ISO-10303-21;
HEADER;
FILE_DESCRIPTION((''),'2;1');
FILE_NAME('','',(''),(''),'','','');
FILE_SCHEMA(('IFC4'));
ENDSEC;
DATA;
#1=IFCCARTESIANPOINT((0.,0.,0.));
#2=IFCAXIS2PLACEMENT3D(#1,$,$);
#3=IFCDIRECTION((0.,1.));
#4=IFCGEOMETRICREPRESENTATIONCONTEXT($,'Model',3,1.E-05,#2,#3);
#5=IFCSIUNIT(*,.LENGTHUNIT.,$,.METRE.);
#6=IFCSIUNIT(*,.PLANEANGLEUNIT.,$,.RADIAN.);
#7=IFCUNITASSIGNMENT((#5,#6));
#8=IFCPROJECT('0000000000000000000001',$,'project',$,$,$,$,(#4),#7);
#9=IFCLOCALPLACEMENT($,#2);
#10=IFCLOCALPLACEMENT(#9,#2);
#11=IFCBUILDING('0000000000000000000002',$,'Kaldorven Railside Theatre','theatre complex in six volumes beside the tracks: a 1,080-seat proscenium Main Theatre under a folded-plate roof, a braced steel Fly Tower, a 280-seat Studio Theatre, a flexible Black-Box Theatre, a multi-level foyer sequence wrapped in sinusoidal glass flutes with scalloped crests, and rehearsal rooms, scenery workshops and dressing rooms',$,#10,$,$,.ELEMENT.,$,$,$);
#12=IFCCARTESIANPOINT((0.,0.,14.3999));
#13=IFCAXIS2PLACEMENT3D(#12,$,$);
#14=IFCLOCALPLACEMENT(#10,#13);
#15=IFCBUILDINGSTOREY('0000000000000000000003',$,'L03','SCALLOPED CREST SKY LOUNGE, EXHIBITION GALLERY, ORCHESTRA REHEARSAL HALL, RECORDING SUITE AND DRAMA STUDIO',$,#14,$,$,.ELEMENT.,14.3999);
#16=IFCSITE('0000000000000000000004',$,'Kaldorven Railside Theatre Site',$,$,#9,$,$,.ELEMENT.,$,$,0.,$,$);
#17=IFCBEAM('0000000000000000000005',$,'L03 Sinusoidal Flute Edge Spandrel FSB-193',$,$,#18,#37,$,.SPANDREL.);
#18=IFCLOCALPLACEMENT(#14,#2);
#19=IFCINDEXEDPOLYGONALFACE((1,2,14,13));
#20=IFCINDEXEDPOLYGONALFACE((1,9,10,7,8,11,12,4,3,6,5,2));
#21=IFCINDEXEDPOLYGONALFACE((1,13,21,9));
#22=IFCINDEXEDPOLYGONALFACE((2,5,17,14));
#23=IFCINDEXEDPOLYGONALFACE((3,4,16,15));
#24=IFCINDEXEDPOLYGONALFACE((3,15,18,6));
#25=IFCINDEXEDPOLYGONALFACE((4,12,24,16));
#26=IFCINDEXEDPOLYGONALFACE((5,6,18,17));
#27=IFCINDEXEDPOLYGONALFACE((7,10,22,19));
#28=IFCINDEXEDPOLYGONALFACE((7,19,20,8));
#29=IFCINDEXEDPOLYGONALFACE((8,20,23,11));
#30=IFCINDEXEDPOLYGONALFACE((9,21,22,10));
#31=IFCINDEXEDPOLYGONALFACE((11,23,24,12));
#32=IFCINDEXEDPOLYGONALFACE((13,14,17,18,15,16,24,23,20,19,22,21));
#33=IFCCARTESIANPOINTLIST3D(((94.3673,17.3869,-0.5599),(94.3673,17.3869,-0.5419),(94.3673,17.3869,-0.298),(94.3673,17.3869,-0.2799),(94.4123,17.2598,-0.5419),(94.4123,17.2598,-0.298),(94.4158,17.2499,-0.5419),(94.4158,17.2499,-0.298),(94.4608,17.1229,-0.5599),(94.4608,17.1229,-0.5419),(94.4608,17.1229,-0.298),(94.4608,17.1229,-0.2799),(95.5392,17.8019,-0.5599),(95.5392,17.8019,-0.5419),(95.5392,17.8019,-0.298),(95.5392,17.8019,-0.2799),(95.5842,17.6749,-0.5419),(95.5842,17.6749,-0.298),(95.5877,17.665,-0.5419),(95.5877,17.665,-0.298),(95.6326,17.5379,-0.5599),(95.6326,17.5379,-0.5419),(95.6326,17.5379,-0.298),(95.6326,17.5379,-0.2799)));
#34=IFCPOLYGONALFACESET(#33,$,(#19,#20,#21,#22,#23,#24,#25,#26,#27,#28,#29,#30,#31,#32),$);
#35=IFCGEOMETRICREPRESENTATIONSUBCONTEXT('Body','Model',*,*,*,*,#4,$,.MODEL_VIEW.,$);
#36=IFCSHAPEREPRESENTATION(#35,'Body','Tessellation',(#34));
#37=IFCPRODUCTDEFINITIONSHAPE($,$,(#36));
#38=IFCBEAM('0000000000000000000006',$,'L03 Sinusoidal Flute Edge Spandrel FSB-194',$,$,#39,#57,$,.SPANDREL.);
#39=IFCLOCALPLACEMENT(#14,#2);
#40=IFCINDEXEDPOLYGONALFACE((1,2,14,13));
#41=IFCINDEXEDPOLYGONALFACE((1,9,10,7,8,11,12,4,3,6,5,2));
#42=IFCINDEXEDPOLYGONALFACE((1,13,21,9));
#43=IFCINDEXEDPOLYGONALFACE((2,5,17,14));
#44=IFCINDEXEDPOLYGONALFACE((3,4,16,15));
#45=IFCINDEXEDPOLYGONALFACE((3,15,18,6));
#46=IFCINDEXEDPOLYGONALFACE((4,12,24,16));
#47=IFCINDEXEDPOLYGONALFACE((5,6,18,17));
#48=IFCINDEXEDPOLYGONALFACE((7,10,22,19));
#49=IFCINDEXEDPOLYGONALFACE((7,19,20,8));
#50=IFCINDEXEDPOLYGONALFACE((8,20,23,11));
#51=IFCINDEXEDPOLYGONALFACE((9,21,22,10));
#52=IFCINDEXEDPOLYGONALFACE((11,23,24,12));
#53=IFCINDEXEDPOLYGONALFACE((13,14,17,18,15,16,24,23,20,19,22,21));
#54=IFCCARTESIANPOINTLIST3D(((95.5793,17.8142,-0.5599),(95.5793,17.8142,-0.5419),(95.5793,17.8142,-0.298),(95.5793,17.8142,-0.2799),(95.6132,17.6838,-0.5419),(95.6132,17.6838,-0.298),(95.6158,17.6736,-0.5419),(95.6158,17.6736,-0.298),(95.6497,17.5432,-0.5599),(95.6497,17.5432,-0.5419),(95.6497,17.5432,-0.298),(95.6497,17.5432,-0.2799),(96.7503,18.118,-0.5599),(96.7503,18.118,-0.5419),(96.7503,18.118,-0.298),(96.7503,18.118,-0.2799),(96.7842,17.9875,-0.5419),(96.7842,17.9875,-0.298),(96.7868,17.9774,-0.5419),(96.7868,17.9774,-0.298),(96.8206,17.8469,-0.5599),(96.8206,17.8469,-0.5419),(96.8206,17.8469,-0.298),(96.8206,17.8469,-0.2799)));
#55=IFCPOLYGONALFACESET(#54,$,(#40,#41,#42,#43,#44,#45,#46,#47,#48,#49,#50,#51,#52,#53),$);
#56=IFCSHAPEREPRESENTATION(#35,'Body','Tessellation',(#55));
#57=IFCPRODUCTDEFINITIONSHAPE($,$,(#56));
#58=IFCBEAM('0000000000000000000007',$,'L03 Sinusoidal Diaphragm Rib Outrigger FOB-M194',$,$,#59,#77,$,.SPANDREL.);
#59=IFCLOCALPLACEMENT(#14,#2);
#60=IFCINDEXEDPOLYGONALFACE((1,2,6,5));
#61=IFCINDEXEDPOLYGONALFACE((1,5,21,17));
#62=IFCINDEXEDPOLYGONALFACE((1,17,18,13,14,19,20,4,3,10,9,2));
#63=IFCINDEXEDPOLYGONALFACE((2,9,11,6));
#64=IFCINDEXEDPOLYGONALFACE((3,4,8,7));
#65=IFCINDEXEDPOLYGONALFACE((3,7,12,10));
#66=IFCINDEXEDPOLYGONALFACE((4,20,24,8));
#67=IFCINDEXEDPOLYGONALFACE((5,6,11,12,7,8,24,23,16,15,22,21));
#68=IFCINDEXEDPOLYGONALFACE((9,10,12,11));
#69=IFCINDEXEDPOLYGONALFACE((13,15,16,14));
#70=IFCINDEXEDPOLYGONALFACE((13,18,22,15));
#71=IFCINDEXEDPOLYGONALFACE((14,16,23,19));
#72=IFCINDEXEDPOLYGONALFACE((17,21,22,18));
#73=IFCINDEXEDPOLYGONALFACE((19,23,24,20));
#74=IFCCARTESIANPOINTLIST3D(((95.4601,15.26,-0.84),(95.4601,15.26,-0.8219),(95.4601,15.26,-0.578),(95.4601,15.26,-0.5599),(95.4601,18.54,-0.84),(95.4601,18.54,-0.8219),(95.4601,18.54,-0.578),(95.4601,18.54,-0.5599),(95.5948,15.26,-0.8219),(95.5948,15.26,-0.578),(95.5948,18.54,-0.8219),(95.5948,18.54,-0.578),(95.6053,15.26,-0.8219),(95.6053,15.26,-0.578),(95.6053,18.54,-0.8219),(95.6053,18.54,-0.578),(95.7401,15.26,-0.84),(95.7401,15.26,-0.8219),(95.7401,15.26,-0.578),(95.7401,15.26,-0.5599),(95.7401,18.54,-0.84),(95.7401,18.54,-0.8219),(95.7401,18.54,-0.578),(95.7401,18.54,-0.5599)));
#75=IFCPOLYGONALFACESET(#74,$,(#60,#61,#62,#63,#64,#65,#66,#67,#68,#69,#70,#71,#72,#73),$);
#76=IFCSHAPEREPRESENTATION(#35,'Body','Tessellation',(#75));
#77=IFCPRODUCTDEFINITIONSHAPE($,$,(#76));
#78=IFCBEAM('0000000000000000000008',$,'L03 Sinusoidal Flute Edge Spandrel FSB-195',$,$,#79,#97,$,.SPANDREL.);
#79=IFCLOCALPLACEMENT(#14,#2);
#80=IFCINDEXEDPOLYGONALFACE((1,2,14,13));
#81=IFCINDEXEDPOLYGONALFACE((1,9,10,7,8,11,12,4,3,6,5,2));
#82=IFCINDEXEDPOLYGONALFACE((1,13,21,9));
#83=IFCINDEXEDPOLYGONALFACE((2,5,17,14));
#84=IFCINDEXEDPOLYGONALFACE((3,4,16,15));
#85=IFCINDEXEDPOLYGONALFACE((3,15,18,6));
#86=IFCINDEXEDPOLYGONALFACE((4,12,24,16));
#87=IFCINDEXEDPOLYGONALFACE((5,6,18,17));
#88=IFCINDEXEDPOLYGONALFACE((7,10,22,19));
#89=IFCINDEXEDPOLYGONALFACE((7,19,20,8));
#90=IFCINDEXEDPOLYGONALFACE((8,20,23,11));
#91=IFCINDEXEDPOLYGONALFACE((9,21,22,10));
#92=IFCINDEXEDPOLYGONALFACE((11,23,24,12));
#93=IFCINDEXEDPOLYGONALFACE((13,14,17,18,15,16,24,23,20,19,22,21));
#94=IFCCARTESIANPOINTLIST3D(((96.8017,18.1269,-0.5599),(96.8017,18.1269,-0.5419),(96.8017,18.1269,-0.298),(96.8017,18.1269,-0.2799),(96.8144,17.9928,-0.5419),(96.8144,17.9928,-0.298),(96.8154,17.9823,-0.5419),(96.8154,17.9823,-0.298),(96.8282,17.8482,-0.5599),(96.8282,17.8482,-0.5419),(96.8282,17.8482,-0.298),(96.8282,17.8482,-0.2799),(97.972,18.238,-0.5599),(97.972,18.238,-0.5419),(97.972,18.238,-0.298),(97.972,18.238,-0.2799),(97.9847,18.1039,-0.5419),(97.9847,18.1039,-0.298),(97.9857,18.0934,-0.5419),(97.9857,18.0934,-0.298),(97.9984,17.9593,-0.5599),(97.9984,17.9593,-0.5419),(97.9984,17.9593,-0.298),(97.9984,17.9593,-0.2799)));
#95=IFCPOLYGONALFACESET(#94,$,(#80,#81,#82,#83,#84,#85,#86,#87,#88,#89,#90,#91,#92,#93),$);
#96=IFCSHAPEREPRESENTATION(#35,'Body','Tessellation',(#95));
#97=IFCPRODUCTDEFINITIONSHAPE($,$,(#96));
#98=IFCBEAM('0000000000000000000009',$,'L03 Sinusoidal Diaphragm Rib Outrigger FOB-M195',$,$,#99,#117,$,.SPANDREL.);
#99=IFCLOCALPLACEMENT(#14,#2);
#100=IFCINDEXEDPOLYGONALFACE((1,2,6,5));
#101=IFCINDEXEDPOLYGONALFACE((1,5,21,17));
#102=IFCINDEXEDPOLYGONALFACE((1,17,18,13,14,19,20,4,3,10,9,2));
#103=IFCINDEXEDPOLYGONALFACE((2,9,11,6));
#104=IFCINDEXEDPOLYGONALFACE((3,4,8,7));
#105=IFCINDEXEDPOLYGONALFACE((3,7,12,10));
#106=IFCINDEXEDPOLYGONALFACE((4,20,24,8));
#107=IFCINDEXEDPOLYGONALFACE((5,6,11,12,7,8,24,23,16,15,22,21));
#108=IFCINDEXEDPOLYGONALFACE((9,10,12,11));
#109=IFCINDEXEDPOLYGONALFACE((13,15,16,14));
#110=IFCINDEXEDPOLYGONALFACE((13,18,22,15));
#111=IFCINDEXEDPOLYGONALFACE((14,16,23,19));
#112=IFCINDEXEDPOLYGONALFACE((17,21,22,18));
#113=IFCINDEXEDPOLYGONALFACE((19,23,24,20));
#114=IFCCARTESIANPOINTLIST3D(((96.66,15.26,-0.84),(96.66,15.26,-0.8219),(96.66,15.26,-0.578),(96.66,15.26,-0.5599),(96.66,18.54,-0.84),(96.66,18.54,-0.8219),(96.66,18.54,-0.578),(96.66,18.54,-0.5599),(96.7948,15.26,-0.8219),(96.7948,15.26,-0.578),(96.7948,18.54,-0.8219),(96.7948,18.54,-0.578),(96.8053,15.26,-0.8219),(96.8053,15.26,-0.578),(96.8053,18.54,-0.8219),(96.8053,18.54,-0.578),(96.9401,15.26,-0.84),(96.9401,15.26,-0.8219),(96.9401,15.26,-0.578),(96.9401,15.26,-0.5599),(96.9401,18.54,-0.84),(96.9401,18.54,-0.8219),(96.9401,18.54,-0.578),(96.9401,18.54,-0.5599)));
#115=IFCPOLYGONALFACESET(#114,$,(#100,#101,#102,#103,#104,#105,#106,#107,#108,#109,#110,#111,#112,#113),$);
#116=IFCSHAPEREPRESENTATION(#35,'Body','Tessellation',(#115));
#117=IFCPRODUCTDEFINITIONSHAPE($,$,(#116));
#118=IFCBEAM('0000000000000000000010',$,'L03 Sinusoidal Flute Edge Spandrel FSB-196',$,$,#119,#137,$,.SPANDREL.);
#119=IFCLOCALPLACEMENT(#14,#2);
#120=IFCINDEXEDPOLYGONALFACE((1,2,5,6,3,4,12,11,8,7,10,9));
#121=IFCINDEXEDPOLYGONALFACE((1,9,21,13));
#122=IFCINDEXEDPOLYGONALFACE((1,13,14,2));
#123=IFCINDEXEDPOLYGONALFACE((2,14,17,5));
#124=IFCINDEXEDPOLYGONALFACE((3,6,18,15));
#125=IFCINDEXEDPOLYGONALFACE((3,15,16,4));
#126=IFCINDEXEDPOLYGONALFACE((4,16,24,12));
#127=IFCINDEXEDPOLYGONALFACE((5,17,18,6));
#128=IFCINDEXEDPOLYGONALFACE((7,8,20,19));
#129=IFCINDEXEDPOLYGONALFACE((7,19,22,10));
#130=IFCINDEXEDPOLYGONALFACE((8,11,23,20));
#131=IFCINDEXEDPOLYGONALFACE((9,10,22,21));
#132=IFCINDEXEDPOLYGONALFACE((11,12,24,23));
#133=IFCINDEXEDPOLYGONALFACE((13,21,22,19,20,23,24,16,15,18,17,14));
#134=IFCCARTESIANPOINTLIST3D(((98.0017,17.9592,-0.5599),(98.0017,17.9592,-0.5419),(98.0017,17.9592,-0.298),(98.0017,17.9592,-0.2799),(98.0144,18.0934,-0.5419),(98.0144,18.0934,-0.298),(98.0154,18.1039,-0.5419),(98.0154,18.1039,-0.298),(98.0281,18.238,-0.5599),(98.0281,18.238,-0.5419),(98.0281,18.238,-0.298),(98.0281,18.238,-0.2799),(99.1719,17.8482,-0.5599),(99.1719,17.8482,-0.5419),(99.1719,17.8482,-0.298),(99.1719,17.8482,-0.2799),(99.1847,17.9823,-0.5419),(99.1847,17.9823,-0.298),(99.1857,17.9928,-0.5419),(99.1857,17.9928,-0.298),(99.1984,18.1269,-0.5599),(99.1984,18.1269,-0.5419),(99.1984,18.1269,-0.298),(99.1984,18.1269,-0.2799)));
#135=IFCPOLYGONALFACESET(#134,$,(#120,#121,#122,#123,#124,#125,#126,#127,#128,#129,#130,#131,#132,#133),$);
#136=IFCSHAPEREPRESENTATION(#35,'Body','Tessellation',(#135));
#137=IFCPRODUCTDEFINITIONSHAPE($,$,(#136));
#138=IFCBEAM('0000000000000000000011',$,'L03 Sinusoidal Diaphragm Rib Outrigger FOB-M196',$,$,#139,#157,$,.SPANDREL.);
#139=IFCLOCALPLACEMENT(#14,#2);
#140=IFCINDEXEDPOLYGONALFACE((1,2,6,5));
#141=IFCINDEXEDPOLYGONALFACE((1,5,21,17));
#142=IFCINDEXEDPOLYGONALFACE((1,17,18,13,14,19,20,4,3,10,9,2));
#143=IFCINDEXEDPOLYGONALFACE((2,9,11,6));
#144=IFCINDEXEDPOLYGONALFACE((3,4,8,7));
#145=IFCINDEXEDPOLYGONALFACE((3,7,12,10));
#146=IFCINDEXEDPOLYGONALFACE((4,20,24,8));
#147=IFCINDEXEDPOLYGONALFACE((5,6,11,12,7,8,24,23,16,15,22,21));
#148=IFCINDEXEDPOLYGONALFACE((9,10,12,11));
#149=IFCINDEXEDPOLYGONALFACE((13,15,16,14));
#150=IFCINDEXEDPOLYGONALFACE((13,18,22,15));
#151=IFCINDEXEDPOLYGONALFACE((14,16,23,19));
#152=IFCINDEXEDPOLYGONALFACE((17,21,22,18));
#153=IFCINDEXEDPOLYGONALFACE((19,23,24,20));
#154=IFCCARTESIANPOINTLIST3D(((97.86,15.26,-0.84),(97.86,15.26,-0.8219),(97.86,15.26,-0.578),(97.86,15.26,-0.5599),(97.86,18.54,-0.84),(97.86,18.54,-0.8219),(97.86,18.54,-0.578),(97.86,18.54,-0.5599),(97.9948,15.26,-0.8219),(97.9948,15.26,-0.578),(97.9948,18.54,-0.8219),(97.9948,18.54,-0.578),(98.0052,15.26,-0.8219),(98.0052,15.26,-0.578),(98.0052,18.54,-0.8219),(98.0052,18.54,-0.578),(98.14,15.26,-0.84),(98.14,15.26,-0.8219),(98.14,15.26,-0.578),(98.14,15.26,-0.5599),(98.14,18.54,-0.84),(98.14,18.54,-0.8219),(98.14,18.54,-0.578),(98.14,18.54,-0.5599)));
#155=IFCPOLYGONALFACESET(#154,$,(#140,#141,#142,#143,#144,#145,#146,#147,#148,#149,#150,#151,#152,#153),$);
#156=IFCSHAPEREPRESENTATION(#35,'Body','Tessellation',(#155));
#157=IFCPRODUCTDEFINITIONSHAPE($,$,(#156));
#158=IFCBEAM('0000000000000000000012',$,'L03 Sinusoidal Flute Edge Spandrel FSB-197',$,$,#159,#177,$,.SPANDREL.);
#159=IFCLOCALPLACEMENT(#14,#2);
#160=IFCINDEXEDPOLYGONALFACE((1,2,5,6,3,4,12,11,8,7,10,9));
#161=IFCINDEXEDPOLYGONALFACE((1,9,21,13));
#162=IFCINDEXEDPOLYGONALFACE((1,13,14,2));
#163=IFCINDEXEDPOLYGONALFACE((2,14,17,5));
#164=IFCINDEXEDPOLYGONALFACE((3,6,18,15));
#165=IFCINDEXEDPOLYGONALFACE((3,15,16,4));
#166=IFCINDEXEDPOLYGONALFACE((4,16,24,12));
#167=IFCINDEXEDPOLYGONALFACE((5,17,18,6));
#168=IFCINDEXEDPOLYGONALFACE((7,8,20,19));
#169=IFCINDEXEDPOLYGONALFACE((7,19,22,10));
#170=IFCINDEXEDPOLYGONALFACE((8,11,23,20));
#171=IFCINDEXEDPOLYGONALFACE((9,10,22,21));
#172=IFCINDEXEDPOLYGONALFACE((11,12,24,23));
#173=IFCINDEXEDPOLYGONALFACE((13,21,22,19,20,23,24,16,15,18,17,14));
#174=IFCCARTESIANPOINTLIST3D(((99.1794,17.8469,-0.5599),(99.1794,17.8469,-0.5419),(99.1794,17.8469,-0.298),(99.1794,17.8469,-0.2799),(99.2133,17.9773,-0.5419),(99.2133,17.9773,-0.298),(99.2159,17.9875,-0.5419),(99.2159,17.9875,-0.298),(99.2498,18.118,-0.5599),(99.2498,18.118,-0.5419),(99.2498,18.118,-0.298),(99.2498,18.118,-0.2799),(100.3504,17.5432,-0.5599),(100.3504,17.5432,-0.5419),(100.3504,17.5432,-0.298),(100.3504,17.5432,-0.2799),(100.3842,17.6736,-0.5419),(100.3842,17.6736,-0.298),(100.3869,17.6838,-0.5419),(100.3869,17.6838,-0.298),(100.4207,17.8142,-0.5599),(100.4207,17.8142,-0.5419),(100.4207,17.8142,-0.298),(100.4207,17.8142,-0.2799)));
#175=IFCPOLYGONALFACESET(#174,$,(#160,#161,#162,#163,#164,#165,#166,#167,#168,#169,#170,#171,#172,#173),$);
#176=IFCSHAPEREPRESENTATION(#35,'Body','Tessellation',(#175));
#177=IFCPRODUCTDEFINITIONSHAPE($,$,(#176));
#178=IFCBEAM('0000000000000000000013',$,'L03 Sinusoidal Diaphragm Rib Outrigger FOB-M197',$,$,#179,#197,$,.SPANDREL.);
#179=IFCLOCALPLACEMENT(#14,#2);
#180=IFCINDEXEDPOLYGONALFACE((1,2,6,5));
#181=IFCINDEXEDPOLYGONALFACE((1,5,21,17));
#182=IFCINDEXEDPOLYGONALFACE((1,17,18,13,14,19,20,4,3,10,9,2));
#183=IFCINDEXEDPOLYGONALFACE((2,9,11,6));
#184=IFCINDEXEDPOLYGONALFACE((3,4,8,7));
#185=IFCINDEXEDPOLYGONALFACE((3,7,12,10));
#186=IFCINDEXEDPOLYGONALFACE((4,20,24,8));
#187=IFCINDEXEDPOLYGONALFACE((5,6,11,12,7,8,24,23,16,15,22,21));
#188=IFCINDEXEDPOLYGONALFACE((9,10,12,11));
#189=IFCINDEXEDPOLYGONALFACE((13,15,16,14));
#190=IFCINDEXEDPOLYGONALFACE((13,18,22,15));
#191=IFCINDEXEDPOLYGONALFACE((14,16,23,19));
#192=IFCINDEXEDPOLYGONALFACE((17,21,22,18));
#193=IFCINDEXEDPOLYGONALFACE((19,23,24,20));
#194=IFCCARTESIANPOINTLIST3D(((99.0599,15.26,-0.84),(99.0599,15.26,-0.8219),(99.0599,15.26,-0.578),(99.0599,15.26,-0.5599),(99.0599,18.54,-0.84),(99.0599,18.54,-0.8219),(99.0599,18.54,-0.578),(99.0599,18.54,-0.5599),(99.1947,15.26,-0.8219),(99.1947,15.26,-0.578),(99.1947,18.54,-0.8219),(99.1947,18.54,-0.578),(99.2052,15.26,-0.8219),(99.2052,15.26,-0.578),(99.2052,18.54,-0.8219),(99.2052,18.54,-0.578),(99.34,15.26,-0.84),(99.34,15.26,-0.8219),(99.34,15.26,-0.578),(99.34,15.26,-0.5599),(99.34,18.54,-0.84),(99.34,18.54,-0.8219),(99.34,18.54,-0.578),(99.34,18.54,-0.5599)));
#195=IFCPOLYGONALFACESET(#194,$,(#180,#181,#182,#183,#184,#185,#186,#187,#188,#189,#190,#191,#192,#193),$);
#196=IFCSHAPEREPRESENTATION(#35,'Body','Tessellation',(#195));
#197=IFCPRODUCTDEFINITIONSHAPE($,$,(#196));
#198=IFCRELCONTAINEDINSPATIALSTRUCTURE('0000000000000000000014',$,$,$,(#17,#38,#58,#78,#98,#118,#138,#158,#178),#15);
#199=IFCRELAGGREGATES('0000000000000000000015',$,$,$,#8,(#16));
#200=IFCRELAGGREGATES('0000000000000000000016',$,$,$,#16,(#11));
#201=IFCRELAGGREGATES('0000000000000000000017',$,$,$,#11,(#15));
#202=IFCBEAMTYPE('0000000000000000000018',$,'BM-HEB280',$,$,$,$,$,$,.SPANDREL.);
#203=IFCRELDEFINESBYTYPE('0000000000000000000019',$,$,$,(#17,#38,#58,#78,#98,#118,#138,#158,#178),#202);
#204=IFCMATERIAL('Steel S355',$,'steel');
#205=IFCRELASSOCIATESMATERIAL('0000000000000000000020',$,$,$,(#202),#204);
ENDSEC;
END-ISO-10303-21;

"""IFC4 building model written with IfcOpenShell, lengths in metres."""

from ifc_helpers import new_model, si_unit, direction, frame, origin, origin_2d, place, context, subcontext, project, spatial, i_section, extrude, material, material_profile, profile_set, type_object, element, save


model = new_model("IFC4")

# Units and contexts
model_context = context("Model", 3, precision=1e-05, world=origin(), true_north=direction((0.0, 1.0)))
body_context = subcontext(model_context, "Body", "Model", "MODEL_VIEW")
ifc_project = project(units=[si_unit("LENGTHUNIT", "METRE"), si_unit("PLANEANGLEUNIT", "RADIAN")], contexts=[model_context])

# Site, building, storey
site_placement = place(None, origin())
site = spatial("IfcSite", under=ifc_project, at=site_placement, Name="Kaldorven Railside Theatre Site", CompositionType="ELEMENT", RefElevation=0.0)
building_placement = place(site_placement, origin())
building = spatial("IfcBuilding", under=site, at=building_placement, Name="Kaldorven Railside Theatre", Description="theatre complex in six volumes beside the tracks: a 1,080-seat proscenium Main Theatre under a folded-plate roof, a braced steel Fly Tower, a 280-seat Studio Theatre, a flexible Black-Box Theatre, a multi-level foyer sequence wrapped in sinusoidal glass flutes with scalloped crests, and rehearsal rooms, scenery workshops and dressing rooms", CompositionType="ELEMENT")
storey_placement = place(building_placement, frame((0.0, 0.0, 14.3999)))
storey = spatial("IfcBuildingStorey", under=building, at=storey_placement, Name="L03", Description="SCALLOPED CREST SKY LOUNGE, EXHIBITION GALLERY, ORCHESTRA REHEARSAL HALL, RECORDING SUITE AND DRAMA STUDIO", CompositionType="ELEMENT", Elevation=14.3999)

# Beams
ifc_material_1 = material(Name="Steel S355", Category="steel")
ifc_material_profile_1 = material_profile(ifc_material_1, i_section(OverallWidth=0.28, OverallDepth=0.28, WebThickness=0.0105, FlangeThickness=0.0181, at=origin_2d()), Name="HEB 280")
ifc_profile_set_1 = profile_set([ifc_material_profile_1], Name="Steel S355")
beam_type_1 = type_object("IfcBeamType", Name="BM-HEB280", PredefinedType="SPANDREL", material=ifc_profile_set_1)
beam_1_placement = place(storey_placement, frame((94.4141, 17.2549, -0.4199), z_axis=(0.942627, 0.333847, 0.0), x_axis=(-0.333847, 0.942627, 0.0)))
element("IfcBeam", 1, at=beam_1_placement, inside=storey, type_object=beam_type_1, Name="L03 Sinusoidal Flute Edge Spandrel FSB-193", PredefinedType="SPANDREL", context=body_context, shape_type="SweptSolid", body=[
    extrude(i_section(OverallWidth=0.28, OverallDepth=0.28, WebThickness=0.0105, FlangeThickness=0.0181, at=origin_2d()), origin(), (0.0, 0.0, 1.0), 1.2432),
])
beam_2_placement = place(storey_placement, frame((95.6145, 17.6787, -0.4199), z_axis=(0.967968, 0.251074, 0.0), x_axis=(-0.251074, 0.967968, 0.0)))
element("IfcBeam", 2, at=beam_2_placement, inside=storey, type_object=beam_type_1, Name="L03 Sinusoidal Flute Edge Spandrel FSB-194", PredefinedType="SPANDREL", context=body_context, shape_type="SweptSolid", body=[
    extrude(i_section(OverallWidth=0.28, OverallDepth=0.28, WebThickness=0.0105, FlangeThickness=0.0181, at=origin_2d()), origin(), (0.0, 0.0, 1.0), 1.2097),
])
beam_3_placement = place(storey_placement, frame((95.6001, 15.26, -0.7), z_axis=(0.0, 1.0, 0.0), x_axis=(-1.0, 0.0, 0.0)))
element("IfcBeam", 3, at=beam_3_placement, inside=storey, type_object=beam_type_1, Name="L03 Sinusoidal Diaphragm Rib Outrigger FOB-M194", PredefinedType="SPANDREL", context=body_context, shape_type="SweptSolid", body=[
    extrude(i_section(OverallWidth=0.28, OverallDepth=0.28, WebThickness=0.0105, FlangeThickness=0.0181, at=origin_2d()), origin(), (0.0, 0.0, 1.0), 3.28),
])
beam_4_placement = place(storey_placement, frame((96.8149, 17.9875, -0.4199), z_axis=(0.995524, 0.094505, 0.0), x_axis=(-0.094505, 0.995524, 0.0)))
element("IfcBeam", 4, at=beam_4_placement, inside=storey, type_object=beam_type_1, Name="L03 Sinusoidal Flute Edge Spandrel FSB-195", PredefinedType="SPANDREL", context=body_context, shape_type="SweptSolid", body=[
    extrude(i_section(OverallWidth=0.28, OverallDepth=0.28, WebThickness=0.0105, FlangeThickness=0.0181, at=origin_2d()), origin(), (0.0, 0.0, 1.0), 1.1755),
])
beam_5_placement = place(storey_placement, frame((96.8, 15.26, -0.7), z_axis=(0.0, 1.0, 0.0), x_axis=(-1.0, 0.0, 0.0)))
element("IfcBeam", 5, at=beam_5_placement, inside=storey, type_object=beam_type_1, Name="L03 Sinusoidal Diaphragm Rib Outrigger FOB-M195", PredefinedType="SPANDREL", context=body_context, shape_type="SweptSolid", body=[
    extrude(i_section(OverallWidth=0.28, OverallDepth=0.28, WebThickness=0.0105, FlangeThickness=0.0181, at=origin_2d()), origin(), (0.0, 0.0, 1.0), 3.28),
])
beam_6_placement = place(storey_placement, frame((98.0149, 18.0986, -0.4199), z_axis=(0.995524, -0.094505, 0.0), x_axis=(0.094505, 0.995524, 0.0)))
element("IfcBeam", 6, at=beam_6_placement, inside=storey, type_object=beam_type_1, Name="L03 Sinusoidal Flute Edge Spandrel FSB-196", PredefinedType="SPANDREL", context=body_context, shape_type="SweptSolid", body=[
    extrude(i_section(OverallWidth=0.28, OverallDepth=0.28, WebThickness=0.0105, FlangeThickness=0.0181, at=origin_2d()), origin(), (0.0, 0.0, 1.0), 1.1755),
])
beam_7_placement = place(storey_placement, frame((98.0, 15.26, -0.7), z_axis=(0.0, 1.0, 0.0), x_axis=(-1.0, 0.0, 0.0)))
element("IfcBeam", 7, at=beam_7_placement, inside=storey, type_object=beam_type_1, Name="L03 Sinusoidal Diaphragm Rib Outrigger FOB-M196", PredefinedType="SPANDREL", context=body_context, shape_type="SweptSolid", body=[
    extrude(i_section(OverallWidth=0.28, OverallDepth=0.28, WebThickness=0.0105, FlangeThickness=0.0181, at=origin_2d()), origin(), (0.0, 0.0, 1.0), 3.28),
])
beam_8_placement = place(storey_placement, frame((99.2146, 17.9824, -0.4199), z_axis=(0.967968, -0.251074, 0.0), x_axis=(0.251074, 0.967968, 0.0)))
element("IfcBeam", 8, at=beam_8_placement, inside=storey, type_object=beam_type_1, Name="L03 Sinusoidal Flute Edge Spandrel FSB-197", PredefinedType="SPANDREL", context=body_context, shape_type="SweptSolid", body=[
    extrude(i_section(OverallWidth=0.28, OverallDepth=0.28, WebThickness=0.0105, FlangeThickness=0.0181, at=origin_2d()), origin(), (0.0, 0.0, 1.0), 1.2097),
])
beam_9_placement = place(storey_placement, frame((99.2, 15.26, -0.7), z_axis=(0.0, 1.0, 0.0), x_axis=(-1.0, 0.0, 0.0)))
element("IfcBeam", 9, at=beam_9_placement, inside=storey, type_object=beam_type_1, Name="L03 Sinusoidal Diaphragm Rib Outrigger FOB-M197", PredefinedType="SPANDREL", context=body_context, shape_type="SweptSolid", body=[
    extrude(i_section(OverallWidth=0.28, OverallDepth=0.28, WebThickness=0.0105, FlangeThickness=0.0181, at=origin_2d()), origin(), (0.0, 0.0, 1.0), 3.28),
])

save(model, "model.ifc")
